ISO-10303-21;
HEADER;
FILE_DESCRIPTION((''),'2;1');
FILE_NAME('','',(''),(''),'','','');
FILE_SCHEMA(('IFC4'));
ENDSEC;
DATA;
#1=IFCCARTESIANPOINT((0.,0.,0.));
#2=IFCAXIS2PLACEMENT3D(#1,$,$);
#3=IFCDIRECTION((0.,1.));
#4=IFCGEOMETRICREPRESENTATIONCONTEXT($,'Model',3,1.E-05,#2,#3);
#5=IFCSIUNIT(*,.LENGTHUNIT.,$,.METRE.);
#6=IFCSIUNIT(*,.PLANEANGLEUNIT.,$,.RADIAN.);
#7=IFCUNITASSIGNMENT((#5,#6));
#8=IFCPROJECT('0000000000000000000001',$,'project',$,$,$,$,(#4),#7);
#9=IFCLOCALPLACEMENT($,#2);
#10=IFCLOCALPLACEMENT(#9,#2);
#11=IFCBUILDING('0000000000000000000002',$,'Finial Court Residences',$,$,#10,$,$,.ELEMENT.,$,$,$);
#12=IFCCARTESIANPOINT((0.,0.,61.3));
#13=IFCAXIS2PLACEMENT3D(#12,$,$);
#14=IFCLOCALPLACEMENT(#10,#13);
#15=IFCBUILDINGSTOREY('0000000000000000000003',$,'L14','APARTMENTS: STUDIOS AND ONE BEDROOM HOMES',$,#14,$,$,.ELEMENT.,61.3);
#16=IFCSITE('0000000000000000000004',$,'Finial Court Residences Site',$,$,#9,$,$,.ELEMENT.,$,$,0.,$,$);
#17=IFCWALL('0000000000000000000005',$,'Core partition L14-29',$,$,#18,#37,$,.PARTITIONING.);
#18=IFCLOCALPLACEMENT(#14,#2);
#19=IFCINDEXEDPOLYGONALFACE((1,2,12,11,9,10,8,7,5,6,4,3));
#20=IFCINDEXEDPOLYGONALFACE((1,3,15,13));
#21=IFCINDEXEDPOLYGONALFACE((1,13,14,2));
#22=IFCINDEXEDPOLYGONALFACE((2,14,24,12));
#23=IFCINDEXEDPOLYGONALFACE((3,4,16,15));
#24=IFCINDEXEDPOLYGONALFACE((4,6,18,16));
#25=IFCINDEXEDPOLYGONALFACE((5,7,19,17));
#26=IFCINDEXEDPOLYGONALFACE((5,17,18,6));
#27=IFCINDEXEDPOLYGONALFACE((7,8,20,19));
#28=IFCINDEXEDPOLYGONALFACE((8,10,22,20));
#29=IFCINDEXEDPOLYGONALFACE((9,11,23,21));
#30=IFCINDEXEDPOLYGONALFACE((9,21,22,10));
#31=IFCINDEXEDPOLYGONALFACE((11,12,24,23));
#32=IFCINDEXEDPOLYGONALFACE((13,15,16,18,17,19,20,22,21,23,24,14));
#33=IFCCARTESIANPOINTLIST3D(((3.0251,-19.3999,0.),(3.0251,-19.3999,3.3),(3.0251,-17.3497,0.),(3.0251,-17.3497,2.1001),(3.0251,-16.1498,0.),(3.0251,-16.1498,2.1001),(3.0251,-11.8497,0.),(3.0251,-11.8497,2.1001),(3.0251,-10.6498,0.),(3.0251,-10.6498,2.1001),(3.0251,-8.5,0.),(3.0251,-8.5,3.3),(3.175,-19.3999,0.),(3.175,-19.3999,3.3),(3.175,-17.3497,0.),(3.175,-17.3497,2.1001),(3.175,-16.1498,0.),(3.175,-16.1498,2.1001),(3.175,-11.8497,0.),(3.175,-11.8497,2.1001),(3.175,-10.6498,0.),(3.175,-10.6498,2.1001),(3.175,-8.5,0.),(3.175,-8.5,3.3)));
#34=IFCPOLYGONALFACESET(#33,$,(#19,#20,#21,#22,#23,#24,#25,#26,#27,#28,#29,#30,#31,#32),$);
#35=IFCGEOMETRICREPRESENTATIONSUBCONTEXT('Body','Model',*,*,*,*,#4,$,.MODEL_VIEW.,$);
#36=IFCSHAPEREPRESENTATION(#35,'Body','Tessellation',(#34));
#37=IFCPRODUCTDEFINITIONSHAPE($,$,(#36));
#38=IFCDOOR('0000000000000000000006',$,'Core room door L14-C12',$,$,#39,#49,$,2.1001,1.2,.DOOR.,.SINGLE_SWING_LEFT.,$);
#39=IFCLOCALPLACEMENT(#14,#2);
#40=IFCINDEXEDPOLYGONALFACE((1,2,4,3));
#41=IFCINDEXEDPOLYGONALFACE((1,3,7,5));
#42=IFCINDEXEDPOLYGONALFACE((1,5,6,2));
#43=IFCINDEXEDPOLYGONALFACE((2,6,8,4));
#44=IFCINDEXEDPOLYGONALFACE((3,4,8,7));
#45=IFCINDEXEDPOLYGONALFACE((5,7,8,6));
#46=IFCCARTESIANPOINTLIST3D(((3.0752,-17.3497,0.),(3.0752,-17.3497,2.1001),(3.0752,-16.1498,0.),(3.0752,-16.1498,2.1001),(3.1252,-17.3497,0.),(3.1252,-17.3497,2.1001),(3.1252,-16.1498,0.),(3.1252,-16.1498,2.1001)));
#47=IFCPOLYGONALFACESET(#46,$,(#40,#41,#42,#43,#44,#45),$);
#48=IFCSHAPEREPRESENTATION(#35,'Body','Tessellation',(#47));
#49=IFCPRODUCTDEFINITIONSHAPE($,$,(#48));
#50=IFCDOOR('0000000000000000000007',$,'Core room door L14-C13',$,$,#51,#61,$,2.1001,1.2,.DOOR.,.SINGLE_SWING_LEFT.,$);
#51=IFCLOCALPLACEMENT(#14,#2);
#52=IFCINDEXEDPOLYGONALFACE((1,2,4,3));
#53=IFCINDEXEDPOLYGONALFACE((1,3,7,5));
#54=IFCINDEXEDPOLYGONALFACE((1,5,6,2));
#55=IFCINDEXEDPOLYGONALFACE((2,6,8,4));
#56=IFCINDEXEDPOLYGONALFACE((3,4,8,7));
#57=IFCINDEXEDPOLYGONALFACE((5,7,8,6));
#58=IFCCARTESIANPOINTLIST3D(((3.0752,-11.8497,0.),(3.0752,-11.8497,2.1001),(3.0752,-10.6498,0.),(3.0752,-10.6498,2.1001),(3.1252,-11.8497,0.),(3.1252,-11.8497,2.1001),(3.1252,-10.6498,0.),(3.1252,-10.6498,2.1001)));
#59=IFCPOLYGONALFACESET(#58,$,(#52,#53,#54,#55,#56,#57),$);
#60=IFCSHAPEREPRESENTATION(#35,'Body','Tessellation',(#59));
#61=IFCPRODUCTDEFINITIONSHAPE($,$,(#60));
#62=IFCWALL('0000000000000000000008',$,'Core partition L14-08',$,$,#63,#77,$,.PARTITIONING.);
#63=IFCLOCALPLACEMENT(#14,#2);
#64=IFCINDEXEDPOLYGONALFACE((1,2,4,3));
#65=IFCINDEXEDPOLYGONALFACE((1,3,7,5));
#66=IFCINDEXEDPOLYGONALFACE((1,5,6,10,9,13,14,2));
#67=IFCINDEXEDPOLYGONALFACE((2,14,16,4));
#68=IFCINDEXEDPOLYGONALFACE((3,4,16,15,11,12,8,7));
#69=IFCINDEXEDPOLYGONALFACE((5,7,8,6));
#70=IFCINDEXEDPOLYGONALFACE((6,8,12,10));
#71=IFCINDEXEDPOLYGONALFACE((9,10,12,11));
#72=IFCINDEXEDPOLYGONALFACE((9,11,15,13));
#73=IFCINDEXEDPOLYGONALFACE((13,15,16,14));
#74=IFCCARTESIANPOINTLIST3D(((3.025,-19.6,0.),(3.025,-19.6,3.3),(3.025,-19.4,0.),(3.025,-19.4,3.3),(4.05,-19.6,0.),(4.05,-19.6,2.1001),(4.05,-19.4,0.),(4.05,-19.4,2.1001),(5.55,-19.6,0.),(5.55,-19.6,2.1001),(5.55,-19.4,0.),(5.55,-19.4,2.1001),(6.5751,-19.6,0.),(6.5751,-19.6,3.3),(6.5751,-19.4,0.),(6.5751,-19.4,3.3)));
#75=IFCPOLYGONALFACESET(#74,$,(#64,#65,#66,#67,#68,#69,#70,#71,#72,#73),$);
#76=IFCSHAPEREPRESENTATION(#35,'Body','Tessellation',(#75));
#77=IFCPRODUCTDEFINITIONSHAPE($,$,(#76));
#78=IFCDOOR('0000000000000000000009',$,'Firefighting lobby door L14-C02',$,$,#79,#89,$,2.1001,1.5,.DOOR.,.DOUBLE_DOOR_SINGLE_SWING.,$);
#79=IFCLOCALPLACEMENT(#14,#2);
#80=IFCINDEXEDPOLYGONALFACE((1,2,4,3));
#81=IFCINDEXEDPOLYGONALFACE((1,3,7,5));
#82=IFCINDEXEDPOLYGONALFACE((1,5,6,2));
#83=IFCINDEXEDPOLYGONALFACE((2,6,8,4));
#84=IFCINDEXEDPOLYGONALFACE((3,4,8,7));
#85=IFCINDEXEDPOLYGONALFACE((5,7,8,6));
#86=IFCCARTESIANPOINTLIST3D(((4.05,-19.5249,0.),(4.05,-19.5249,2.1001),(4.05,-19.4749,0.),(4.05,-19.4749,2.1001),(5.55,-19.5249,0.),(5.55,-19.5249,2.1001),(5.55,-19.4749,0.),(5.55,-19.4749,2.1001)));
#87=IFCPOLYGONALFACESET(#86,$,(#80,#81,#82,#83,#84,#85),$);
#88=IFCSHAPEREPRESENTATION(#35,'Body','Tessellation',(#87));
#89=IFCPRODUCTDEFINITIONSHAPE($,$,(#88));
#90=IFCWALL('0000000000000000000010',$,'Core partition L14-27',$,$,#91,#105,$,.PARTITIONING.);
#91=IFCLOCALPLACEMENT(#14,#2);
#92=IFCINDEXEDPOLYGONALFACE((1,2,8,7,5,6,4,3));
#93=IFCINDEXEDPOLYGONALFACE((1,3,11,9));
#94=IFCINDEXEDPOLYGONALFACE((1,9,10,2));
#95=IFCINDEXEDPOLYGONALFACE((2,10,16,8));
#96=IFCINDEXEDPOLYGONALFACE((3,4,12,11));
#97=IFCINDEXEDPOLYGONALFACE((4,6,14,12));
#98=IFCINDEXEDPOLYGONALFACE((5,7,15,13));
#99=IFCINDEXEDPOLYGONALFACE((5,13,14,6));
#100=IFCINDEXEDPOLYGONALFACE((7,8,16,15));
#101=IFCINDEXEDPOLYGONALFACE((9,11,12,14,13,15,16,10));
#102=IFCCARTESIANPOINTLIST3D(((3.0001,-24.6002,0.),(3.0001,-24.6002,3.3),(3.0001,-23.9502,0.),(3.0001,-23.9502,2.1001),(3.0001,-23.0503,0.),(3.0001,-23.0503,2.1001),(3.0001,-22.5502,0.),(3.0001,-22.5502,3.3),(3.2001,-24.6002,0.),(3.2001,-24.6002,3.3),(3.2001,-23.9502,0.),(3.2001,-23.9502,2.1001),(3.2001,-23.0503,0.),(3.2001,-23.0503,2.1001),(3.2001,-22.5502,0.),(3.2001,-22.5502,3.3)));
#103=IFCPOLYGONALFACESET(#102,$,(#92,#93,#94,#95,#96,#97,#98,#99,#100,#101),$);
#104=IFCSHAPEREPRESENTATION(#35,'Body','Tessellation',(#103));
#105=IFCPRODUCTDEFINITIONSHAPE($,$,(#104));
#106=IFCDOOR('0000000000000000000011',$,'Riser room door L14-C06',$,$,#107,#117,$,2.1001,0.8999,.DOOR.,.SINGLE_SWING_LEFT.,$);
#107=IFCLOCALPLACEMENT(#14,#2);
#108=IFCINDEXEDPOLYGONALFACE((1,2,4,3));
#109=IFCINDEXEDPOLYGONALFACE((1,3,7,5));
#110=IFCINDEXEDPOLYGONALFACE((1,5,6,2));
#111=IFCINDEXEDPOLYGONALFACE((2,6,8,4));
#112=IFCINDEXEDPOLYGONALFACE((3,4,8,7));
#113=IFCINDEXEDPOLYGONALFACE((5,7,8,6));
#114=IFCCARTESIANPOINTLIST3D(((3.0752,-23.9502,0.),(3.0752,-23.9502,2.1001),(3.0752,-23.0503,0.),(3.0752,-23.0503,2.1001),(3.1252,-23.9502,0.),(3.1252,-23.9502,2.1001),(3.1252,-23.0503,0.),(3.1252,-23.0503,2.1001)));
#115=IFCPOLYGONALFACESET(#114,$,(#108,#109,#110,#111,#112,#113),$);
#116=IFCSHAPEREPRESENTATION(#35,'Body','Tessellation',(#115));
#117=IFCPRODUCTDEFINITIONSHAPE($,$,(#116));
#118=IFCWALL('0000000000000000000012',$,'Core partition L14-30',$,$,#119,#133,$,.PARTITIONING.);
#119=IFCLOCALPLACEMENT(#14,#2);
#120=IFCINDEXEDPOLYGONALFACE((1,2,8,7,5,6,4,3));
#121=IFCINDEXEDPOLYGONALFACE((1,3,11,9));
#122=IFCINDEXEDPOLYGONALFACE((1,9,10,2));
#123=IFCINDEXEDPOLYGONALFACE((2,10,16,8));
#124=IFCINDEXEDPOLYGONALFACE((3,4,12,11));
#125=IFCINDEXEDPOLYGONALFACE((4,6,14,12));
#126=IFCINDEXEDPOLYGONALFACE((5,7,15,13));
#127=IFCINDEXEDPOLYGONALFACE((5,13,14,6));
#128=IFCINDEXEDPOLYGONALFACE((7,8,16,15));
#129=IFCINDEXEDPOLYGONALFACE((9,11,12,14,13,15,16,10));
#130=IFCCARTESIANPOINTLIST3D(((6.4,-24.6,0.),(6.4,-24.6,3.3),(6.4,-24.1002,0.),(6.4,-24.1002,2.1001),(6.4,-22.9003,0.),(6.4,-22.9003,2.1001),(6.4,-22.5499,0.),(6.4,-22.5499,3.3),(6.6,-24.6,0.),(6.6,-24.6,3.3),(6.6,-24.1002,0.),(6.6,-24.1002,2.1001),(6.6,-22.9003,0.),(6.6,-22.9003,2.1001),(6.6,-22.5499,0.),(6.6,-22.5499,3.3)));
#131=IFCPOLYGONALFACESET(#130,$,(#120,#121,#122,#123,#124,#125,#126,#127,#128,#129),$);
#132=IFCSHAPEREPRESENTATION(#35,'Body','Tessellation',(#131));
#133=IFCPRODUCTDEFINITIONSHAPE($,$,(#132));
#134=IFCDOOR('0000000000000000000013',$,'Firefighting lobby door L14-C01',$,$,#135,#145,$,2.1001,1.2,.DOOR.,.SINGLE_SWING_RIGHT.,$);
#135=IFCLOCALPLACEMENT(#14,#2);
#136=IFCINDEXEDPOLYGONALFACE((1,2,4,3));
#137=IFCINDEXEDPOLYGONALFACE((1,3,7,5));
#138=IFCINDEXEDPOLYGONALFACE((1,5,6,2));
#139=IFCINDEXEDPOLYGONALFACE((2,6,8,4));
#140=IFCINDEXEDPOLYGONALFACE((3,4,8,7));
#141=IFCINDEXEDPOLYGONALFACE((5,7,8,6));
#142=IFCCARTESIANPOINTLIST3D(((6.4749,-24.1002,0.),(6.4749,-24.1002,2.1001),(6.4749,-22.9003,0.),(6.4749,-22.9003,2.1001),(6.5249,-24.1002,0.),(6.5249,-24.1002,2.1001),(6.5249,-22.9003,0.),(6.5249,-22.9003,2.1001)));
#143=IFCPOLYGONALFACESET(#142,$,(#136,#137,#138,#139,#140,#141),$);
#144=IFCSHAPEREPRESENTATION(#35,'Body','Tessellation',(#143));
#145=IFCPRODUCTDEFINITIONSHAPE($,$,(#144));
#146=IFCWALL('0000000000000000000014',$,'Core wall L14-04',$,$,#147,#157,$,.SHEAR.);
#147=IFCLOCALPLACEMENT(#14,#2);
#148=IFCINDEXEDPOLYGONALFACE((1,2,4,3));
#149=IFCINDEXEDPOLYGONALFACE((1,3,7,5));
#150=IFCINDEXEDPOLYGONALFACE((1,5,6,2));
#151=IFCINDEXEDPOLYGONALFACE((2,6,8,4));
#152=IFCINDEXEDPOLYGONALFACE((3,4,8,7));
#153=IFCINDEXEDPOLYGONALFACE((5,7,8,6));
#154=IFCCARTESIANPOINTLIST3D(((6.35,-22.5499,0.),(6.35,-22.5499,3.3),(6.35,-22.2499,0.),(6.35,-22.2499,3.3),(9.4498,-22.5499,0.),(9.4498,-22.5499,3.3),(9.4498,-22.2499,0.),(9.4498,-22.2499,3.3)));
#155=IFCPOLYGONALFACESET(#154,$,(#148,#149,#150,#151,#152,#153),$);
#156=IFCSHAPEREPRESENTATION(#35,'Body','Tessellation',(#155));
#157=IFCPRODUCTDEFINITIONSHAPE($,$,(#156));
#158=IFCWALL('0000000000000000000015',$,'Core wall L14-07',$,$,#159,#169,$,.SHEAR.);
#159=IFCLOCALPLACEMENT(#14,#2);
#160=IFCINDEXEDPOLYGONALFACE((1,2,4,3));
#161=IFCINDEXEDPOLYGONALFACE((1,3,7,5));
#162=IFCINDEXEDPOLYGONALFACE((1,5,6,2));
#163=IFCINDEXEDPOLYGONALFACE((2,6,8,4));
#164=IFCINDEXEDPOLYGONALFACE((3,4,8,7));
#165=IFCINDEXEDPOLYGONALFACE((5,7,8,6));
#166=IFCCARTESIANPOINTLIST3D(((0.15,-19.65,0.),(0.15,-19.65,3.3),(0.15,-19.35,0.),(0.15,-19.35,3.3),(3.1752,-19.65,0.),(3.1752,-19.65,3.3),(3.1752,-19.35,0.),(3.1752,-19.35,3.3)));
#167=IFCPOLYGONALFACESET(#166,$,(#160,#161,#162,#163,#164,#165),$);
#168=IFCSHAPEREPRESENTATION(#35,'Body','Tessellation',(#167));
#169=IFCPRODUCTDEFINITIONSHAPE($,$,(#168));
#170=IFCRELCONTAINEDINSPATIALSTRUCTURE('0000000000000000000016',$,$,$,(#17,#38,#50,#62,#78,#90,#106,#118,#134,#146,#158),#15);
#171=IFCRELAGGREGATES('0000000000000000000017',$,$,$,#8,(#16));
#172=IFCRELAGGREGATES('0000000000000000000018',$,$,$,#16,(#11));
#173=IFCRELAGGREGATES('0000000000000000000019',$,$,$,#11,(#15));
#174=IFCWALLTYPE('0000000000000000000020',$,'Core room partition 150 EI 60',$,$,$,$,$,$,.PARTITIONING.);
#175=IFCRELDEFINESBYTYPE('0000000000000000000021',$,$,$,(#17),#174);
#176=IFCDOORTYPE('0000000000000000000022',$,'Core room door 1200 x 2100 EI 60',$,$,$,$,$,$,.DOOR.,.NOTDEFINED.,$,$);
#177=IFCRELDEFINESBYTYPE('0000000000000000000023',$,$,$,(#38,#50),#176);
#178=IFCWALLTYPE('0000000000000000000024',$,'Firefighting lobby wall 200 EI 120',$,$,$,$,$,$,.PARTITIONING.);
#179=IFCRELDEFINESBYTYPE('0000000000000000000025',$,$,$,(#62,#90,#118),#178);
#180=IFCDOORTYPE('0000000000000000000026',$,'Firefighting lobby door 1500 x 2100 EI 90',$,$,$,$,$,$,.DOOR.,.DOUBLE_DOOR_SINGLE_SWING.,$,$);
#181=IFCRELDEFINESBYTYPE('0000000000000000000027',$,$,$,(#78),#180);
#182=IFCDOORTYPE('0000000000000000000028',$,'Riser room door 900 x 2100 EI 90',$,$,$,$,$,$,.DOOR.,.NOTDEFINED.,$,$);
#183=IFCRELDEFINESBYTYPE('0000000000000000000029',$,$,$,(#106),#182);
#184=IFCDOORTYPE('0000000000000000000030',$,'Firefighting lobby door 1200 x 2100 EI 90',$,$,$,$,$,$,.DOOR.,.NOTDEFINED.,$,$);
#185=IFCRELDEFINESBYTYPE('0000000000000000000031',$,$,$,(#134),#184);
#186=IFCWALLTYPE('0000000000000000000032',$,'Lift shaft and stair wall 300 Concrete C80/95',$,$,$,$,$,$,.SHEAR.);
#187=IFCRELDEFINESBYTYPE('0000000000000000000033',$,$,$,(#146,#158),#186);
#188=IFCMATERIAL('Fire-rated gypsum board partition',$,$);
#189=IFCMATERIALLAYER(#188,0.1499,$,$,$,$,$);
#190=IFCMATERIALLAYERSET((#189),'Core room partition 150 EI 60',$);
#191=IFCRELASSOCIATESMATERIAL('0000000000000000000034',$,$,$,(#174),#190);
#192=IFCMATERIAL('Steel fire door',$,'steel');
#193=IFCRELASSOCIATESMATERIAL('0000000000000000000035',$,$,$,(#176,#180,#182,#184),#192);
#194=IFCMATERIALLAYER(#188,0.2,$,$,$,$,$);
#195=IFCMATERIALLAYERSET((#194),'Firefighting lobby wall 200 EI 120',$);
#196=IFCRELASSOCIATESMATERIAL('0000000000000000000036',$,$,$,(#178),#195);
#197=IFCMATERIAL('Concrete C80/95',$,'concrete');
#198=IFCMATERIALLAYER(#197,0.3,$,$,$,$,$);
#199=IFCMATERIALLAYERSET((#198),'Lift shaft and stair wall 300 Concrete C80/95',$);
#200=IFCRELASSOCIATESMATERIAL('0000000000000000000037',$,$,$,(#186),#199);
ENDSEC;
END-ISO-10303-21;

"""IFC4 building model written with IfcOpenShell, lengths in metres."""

from ifc_helpers import new_model, si_unit, direction, frame, frame_2d, origin, place, context, subcontext, project, spatial, rectangle, extrude, material, layer, layer_set, type_object, element, fill, save


model = new_model("IFC4")

# Units and contexts
model_context = context("Model", 3, precision=1e-05, world=origin(), true_north=direction((0.0, 1.0)))
body_context = subcontext(model_context, "Body", "Model", "MODEL_VIEW")
ifc_project = project(units=[si_unit("LENGTHUNIT", "METRE"), si_unit("PLANEANGLEUNIT", "RADIAN")], contexts=[model_context])

# Site, building, storey
site_placement = place(None, origin())
site = spatial("IfcSite", under=ifc_project, at=site_placement, Name="Finial Court Residences Site", CompositionType="ELEMENT", RefElevation=0.0)
building_placement = place(site_placement, origin())
building = spatial("IfcBuilding", under=site, at=building_placement, Name="Finial Court Residences", CompositionType="ELEMENT")
storey_placement = place(building_placement, frame((0.0, 0.0, 61.3)))
storey = spatial("IfcBuildingStorey", under=building, at=storey_placement, Name="L14", Description="APARTMENTS: STUDIOS AND ONE BEDROOM HOMES", CompositionType="ELEMENT", Elevation=61.3)

# Wall, openings, doors
ifc_material_1 = material(Name="Fire-rated gypsum board partition")
ifc_layer_1 = layer(ifc_material_1, 0.1499)
ifc_layer_set_1 = layer_set([ifc_layer_1], Name="Core room partition 150 EI 60")
wall_type_1 = type_object("IfcWallType", Name="Core room partition 150 EI 60", PredefinedType="PARTITIONING", material=ifc_layer_set_1)
wall_1_placement = place(storey_placement, frame((3.1001, -19.3999, 0.0), z_axis=(0.0, 0.0, 1.0), x_axis=(0.0, 1.0, 0.0)))
wall_1 = element("IfcWall", 1, at=wall_1_placement, inside=storey, type_object=wall_type_1, Name="Core partition L14-29", PredefinedType="PARTITIONING", context=body_context, shape_type="SweptSolid", body=[
    extrude(rectangle(XDim=10.8999, YDim=0.1499, at=frame_2d((5.45, 0.0))), origin(), (0.0, 0.0, 1.0), 3.3),
])
opening_1_placement = place(wall_1_placement, frame((2.05, 0.0, 0.0)))
opening_1 = element("IfcOpeningElement", 2, at=opening_1_placement, cuts=wall_1, PredefinedType="OPENING", context=body_context, shape_type="SweptSolid", body=[
    extrude(rectangle(XDim=1.2, YDim=2.1001, at=frame_2d((0.6001, 1.05))), frame((0.0, 0.085, 0.0), z_axis=(0.0, -1.0, 0.0), x_axis=(1.0, 0.0, 0.0)), (0.0, 0.0, 1.0), 0.1699),
])
opening_2_placement = place(wall_1_placement, frame((7.55, 0.0, 0.0)))
opening_2 = element("IfcOpeningElement", 3, at=opening_2_placement, cuts=wall_1, PredefinedType="OPENING", context=body_context, shape_type="SweptSolid", body=[
    extrude(rectangle(XDim=1.2, YDim=2.1001, at=frame_2d((0.6001, 1.05))), frame((0.0, 0.085, 0.0), z_axis=(0.0, -1.0, 0.0), x_axis=(1.0, 0.0, 0.0)), (0.0, 0.0, 1.0), 0.1699),
])
ifc_material_2 = material(Name="Steel fire door", Category="steel")
door_type_1 = type_object("IfcDoorType", Name="Core room door 1200 x 2100 EI 60", OperationType="NOTDEFINED", PredefinedType="DOOR", material=ifc_material_2)
door_1_placement = place(opening_1_placement, origin())
door_1 = element("IfcDoor", 4, at=door_1_placement, inside=storey, type_object=door_type_1, Name="Core room door L14-C12", OperationType="SINGLE_SWING_LEFT", OverallHeight=2.1001, OverallWidth=1.2, PredefinedType="DOOR", context=body_context, shape_type="SweptSolid", body=[
    extrude(rectangle(XDim=1.2, YDim=2.1001, at=frame_2d((0.6001, 1.05))), frame((0.0, 0.0249, 0.0), z_axis=(0.0, -1.0, 0.0), x_axis=(1.0, 0.0, 0.0)), (0.0, 0.0, 1.0), 0.05),
])
fill(opening_1, door_1)
door_2_placement = place(opening_2_placement, origin())
door_2 = element("IfcDoor", 5, at=door_2_placement, inside=storey, type_object=door_type_1, Name="Core room door L14-C13", OperationType="SINGLE_SWING_LEFT", OverallHeight=2.1001, OverallWidth=1.2, PredefinedType="DOOR", context=body_context, shape_type="SweptSolid", body=[
    extrude(rectangle(XDim=1.2, YDim=2.1001, at=frame_2d((0.6001, 1.05))), frame((0.0, 0.0249, 0.0), z_axis=(0.0, -1.0, 0.0), x_axis=(1.0, 0.0, 0.0)), (0.0, 0.0, 1.0), 0.05),
])
fill(opening_2, door_2)

# Walls, openings, doors
ifc_layer_2 = layer(ifc_material_1, 0.2)
ifc_layer_set_2 = layer_set([ifc_layer_2], Name="Firefighting lobby wall 200 EI 120")
wall_type_2 = type_object("IfcWallType", Name="Firefighting lobby wall 200 EI 120", PredefinedType="PARTITIONING", material=ifc_layer_set_2)
wall_2_placement = place(storey_placement, frame((6.575, -19.5, 0.0), z_axis=(0.0, 0.0, 1.0), x_axis=(-1.0, 0.0, 0.0)))
wall_2 = element("IfcWall", 6, at=wall_2_placement, inside=storey, type_object=wall_type_2, Name="Core partition L14-08", PredefinedType="PARTITIONING", context=body_context, shape_type="SweptSolid", body=[
    extrude(rectangle(XDim=3.55, YDim=0.2, at=frame_2d((1.7749, 0.0))), origin(), (0.0, 0.0, 1.0), 3.3),
])
opening_3_placement = place(wall_2_placement, frame((1.0249, 0.0, 0.0)))
opening_3 = element("IfcOpeningElement", 7, at=opening_3_placement, cuts=wall_2, PredefinedType="OPENING", context=body_context, shape_type="SweptSolid", body=[
    extrude(rectangle(XDim=1.5, YDim=2.1001, at=frame_2d((0.75, 1.05))), frame((0.0, 0.1099, 0.0), z_axis=(0.0, -1.0, 0.0), x_axis=(1.0, 0.0, 0.0)), (0.0, 0.0, 1.0), 0.22),
])
door_type_2 = type_object("IfcDoorType", Name="Firefighting lobby door 1500 x 2100 EI 90", OperationType="DOUBLE_DOOR_SINGLE_SWING", PredefinedType="DOOR", material=ifc_material_2)
door_3_placement = place(opening_3_placement, origin())
door_3 = element("IfcDoor", 8, at=door_3_placement, inside=storey, type_object=door_type_2, Name="Firefighting lobby door L14-C02", OperationType="DOUBLE_DOOR_SINGLE_SWING", OverallHeight=2.1001, OverallWidth=1.5, PredefinedType="DOOR", context=body_context, shape_type="SweptSolid", body=[
    extrude(rectangle(XDim=1.5, YDim=2.1001, at=frame_2d((0.75, 1.05))), frame((0.0, 0.0249, 0.0), z_axis=(0.0, -1.0, 0.0), x_axis=(1.0, 0.0, 0.0)), (0.0, 0.0, 1.0), 0.05),
])
fill(opening_3, door_3)
wall_3_placement = place(storey_placement, frame((3.1001, -24.6001, 0.0), z_axis=(0.0, 0.0, 1.0), x_axis=(0.0, 1.0, 0.0)))
wall_3 = element("IfcWall", 9, at=wall_3_placement, inside=storey, type_object=wall_type_2, Name="Core partition L14-27", PredefinedType="PARTITIONING", context=body_context, shape_type="SweptSolid", body=[
    extrude(rectangle(XDim=2.05, YDim=0.2, at=frame_2d((1.0249, 0.0))), origin(), (0.0, 0.0, 1.0), 3.3),
])
opening_4_placement = place(wall_3_placement, frame((0.6499, 0.0, 0.0)))
opening_4 = element("IfcOpeningElement", 10, at=opening_4_placement, cuts=wall_3, PredefinedType="OPENING", context=body_context, shape_type="SweptSolid", body=[
    extrude(rectangle(XDim=0.8999, YDim=2.1001, at=frame_2d((0.45, 1.05))), frame((0.0, 0.1099, 0.0), z_axis=(0.0, -1.0, 0.0), x_axis=(1.0, 0.0, 0.0)), (0.0, 0.0, 1.0), 0.22),
])
door_type_3 = type_object("IfcDoorType", Name="Riser room door 900 x 2100 EI 90", OperationType="NOTDEFINED", PredefinedType="DOOR", material=ifc_material_2)
door_4_placement = place(opening_4_placement, origin())
door_4 = element("IfcDoor", 11, at=door_4_placement, inside=storey, type_object=door_type_3, Name="Riser room door L14-C06", OperationType="SINGLE_SWING_LEFT", OverallHeight=2.1001, OverallWidth=0.8999, PredefinedType="DOOR", context=body_context, shape_type="SweptSolid", body=[
    extrude(rectangle(XDim=0.8999, YDim=2.1001, at=frame_2d((0.45, 1.05))), frame((0.0, 0.0249, 0.0), z_axis=(0.0, -1.0, 0.0), x_axis=(1.0, 0.0, 0.0)), (0.0, 0.0, 1.0), 0.05),
])
fill(opening_4, door_4)
wall_4_placement = place(storey_placement, frame((6.5, -22.55, 0.0), z_axis=(0.0, 0.0, 1.0), x_axis=(0.0, -1.0, 0.0)))
wall_4 = element("IfcWall", 12, at=wall_4_placement, inside=storey, type_object=wall_type_2, Name="Core partition L14-30", PredefinedType="PARTITIONING", context=body_context, shape_type="SweptSolid", body=[
    extrude(rectangle(XDim=2.05, YDim=0.2, at=frame_2d((1.0249, 0.0))), origin(), (0.0, 0.0, 1.0), 3.3),
])
opening_5_placement = place(wall_4_placement, frame((0.3501, 0.0, 0.0)))
opening_5 = element("IfcOpeningElement", 13, at=opening_5_placement, cuts=wall_4, PredefinedType="OPENING", context=body_context, shape_type="SweptSolid", body=[
    extrude(rectangle(XDim=1.2, YDim=2.1001, at=frame_2d((0.6001, 1.05))), frame((0.0, 0.1099, 0.0), z_axis=(0.0, -1.0, 0.0), x_axis=(1.0, 0.0, 0.0)), (0.0, 0.0, 1.0), 0.22),
])
door_type_4 = type_object("IfcDoorType", Name="Firefighting lobby door 1200 x 2100 EI 90", OperationType="NOTDEFINED", PredefinedType="DOOR", material=ifc_material_2)
door_5_placement = place(opening_5_placement, origin())
door_5 = element("IfcDoor", 14, at=door_5_placement, inside=storey, type_object=door_type_4, Name="Firefighting lobby door L14-C01", OperationType="SINGLE_SWING_RIGHT", OverallHeight=2.1001, OverallWidth=1.2, PredefinedType="DOOR", context=body_context, shape_type="SweptSolid", body=[
    extrude(rectangle(XDim=1.2, YDim=2.1001, at=frame_2d((0.6001, 1.05))), frame((0.0, 0.0249, 0.0), z_axis=(0.0, -1.0, 0.0), x_axis=(1.0, 0.0, 0.0)), (0.0, 0.0, 1.0), 0.05),
])
fill(opening_5, door_5)

# Walls
ifc_material_3 = material(Name="Concrete C80/95", Category="concrete")
ifc_layer_3 = layer(ifc_material_3, 0.3)
ifc_layer_set_3 = layer_set([ifc_layer_3], Name="Lift shaft and stair wall 300 Concrete C80/95")
wall_type_3 = type_object("IfcWallType", Name="Lift shaft and stair wall 300 Concrete C80/95", PredefinedType="SHEAR", material=ifc_layer_set_3)
wall_5_placement = place(storey_placement, frame((6.3501, -22.3999, 0.0), z_axis=(0.0, 0.0, 1.0), x_axis=(1.0, 0.0, 0.0)))
element("IfcWall", 15, at=wall_5_placement, inside=storey, type_object=wall_type_3, Name="Core wall L14-04", PredefinedType="SHEAR", context=body_context, shape_type="SweptSolid", body=[
    extrude(rectangle(XDim=3.0999, YDim=0.3, at=frame_2d((1.5498, 0.0))), origin(), (0.0, 0.0, 1.0), 3.3),
])
wall_6_placement = place(storey_placement, frame((0.1499, -19.5, 0.0), z_axis=(0.0, 0.0, 1.0), x_axis=(1.0, 0.0, 0.0)))
element("IfcWall", 16, at=wall_6_placement, inside=storey, type_object=wall_type_3, Name="Core wall L14-07", PredefinedType="SHEAR", context=body_context, shape_type="SweptSolid", body=[
    extrude(rectangle(XDim=3.0251, YDim=0.3, at=frame_2d((1.5127, 0.0))), origin(), (0.0, 0.0, 1.0), 3.3),
])

save(model, "model.ifc")
